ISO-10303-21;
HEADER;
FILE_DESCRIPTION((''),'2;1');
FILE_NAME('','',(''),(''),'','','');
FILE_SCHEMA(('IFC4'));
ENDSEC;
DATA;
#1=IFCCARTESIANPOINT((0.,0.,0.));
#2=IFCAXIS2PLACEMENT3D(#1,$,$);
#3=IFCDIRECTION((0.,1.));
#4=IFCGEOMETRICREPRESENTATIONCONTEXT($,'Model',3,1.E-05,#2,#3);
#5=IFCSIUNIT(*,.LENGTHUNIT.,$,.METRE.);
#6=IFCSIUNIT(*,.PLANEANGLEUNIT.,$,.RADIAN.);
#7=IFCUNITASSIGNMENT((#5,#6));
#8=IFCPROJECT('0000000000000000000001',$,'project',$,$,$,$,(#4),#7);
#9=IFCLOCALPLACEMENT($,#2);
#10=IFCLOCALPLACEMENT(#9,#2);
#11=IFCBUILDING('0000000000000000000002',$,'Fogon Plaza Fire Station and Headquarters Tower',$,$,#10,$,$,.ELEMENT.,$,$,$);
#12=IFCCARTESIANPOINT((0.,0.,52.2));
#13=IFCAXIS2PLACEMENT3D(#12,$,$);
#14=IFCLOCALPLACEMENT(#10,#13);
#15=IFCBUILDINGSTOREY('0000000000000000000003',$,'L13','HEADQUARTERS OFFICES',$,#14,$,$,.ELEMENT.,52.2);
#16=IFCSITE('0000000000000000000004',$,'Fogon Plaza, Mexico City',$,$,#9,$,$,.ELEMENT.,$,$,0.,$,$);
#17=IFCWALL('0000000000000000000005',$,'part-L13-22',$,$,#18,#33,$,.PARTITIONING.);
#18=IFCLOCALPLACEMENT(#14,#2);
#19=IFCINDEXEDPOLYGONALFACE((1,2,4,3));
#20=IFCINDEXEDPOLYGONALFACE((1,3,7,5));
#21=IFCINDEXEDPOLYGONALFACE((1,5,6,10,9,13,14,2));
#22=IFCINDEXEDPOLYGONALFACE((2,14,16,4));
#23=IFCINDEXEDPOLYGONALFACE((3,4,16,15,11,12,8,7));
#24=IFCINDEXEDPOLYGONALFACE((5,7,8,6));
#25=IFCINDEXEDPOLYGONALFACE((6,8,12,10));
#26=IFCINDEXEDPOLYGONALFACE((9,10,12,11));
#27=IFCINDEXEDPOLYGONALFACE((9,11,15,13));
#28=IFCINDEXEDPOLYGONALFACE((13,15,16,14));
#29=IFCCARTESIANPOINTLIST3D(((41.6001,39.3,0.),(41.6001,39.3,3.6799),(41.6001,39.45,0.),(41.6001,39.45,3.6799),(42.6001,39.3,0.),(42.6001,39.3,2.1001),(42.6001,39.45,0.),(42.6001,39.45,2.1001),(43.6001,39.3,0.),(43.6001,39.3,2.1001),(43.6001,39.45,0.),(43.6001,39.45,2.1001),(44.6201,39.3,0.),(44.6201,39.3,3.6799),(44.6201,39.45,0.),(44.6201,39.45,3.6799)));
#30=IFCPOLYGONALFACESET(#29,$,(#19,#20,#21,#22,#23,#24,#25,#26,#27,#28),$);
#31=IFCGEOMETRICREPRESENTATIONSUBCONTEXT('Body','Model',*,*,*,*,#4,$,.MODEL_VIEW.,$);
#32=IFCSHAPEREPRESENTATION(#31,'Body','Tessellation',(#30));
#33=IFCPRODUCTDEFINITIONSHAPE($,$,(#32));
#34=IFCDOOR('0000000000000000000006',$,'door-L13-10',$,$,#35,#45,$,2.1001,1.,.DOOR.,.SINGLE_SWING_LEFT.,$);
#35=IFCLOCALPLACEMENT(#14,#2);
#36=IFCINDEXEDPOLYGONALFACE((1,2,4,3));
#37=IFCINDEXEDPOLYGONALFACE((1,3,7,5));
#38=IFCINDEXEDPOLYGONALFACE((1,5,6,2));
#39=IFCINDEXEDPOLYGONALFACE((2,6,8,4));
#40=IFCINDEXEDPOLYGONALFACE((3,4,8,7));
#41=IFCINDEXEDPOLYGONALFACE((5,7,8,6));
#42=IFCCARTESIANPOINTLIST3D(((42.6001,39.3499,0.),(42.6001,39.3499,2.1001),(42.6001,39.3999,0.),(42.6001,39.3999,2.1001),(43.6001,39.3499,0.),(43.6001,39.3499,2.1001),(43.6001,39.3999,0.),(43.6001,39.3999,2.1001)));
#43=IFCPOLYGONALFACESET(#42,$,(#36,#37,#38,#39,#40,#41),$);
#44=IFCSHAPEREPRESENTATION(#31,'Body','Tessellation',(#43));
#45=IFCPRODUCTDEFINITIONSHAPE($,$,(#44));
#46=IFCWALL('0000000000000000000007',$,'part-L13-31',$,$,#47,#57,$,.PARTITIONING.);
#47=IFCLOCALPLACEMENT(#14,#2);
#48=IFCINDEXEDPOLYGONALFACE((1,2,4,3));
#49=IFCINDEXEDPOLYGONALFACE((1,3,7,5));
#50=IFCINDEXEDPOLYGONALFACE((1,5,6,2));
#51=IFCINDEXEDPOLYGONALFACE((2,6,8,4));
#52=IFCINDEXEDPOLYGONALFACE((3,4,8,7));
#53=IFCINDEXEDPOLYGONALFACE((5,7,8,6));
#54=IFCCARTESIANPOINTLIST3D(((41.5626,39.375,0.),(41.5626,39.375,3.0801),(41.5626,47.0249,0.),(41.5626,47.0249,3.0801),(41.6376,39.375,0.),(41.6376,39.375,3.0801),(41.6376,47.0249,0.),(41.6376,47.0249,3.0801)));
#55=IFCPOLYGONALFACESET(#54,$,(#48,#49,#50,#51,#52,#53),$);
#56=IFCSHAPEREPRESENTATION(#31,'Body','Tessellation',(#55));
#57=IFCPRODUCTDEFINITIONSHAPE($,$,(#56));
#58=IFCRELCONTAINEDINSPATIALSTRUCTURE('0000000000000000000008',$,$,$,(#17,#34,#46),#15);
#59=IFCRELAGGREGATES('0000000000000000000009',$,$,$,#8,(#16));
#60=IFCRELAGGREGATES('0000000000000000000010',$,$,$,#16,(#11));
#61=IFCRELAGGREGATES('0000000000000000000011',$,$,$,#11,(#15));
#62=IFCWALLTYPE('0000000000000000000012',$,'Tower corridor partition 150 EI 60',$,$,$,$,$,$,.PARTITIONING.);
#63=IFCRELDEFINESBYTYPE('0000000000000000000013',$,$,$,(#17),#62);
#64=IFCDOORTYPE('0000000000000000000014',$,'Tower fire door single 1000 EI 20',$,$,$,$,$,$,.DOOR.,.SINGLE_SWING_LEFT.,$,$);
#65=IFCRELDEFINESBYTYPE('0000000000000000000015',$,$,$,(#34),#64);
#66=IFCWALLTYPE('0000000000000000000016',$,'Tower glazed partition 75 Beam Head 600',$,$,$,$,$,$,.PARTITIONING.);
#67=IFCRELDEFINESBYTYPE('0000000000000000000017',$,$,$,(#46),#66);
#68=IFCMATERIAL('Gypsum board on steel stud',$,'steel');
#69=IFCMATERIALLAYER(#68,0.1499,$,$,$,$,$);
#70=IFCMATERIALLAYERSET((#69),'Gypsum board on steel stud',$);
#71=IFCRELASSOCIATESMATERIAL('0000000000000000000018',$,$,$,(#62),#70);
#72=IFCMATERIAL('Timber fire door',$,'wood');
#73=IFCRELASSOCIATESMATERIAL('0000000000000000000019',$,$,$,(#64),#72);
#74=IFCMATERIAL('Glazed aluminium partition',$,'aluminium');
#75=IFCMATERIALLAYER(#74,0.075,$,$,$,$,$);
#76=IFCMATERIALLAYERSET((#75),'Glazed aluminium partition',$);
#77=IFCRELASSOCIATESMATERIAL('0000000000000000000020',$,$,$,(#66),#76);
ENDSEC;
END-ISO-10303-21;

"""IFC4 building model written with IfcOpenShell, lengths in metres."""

from ifc_helpers import new_model, si_unit, direction, frame, frame_2d, origin, place, context, subcontext, project, spatial, rectangle, extrude, material, layer, layer_set, type_object, element, fill, save


model = new_model("IFC4")

# Units and contexts
model_context = context("Model", 3, precision=1e-05, world=origin(), true_north=direction((0.0, 1.0)))
body_context = subcontext(model_context, "Body", "Model", "MODEL_VIEW")
ifc_project = project(units=[si_unit("LENGTHUNIT", "METRE"), si_unit("PLANEANGLEUNIT", "RADIAN")], contexts=[model_context])

# Site, building, storey
site_placement = place(None, origin())
site = spatial("IfcSite", under=ifc_project, at=site_placement, Name="Fogon Plaza, Mexico City", CompositionType="ELEMENT", RefElevation=0.0)
building_placement = place(site_placement, origin())
building = spatial("IfcBuilding", under=site, at=building_placement, Name="Fogon Plaza Fire Station and Headquarters Tower", CompositionType="ELEMENT")
storey_placement = place(building_placement, frame((0.0, 0.0, 52.2)))
storey = spatial("IfcBuildingStorey", under=building, at=storey_placement, Name="L13", Description="HEADQUARTERS OFFICES", CompositionType="ELEMENT", Elevation=52.2)

# Shared definitions
ifc_material_1 = material(Name="Gypsum board on steel stud", Category="steel")
ifc_layer_1 = layer(ifc_material_1, 0.1499)
ifc_layer_set_1 = layer_set([ifc_layer_1], Name="Gypsum board on steel stud")
wall_type_1 = type_object("IfcWallType", Name="Tower corridor partition 150 EI 60", PredefinedType="PARTITIONING", material=ifc_layer_set_1)
ifc_material_2 = material(Name="Timber fire door", Category="wood")
door_type_1 = type_object("IfcDoorType", Name="Tower fire door single 1000 EI 20", OperationType="SINGLE_SWING_LEFT", PredefinedType="DOOR", material=ifc_material_2)

# Wall, opening, door
wall_1_placement = place(storey_placement, frame((41.6001, 39.375, 0.0), z_axis=(0.0, 0.0, 1.0), x_axis=(1.0, 0.0, 0.0)))
wall_1 = element("IfcWall", 1, at=wall_1_placement, inside=storey, type_object=wall_type_1, Name="part-L13-22", PredefinedType="PARTITIONING", context=body_context, shape_type="SweptSolid", body=[
    extrude(rectangle(XDim=3.02, YDim=0.1499, at=frame_2d((1.51, 0.0))), origin(), (0.0, 0.0, 1.0), 3.6799),
])
opening_1_placement = place(wall_1_placement, frame((1.0, 0.0, 0.0)))
opening_1 = element("IfcOpeningElement", 2, at=opening_1_placement, cuts=wall_1, PredefinedType="OPENING", context=body_context, shape_type="SweptSolid", body=[
    extrude(rectangle(XDim=1.0, YDim=2.1001, at=frame_2d((0.5, 1.05))), frame((0.0, 0.085, 0.0), z_axis=(0.0, -1.0, 0.0), x_axis=(1.0, 0.0, 0.0)), (0.0, 0.0, 1.0), 0.1699),
])
door_1_placement = place(opening_1_placement, origin())
door_1 = element("IfcDoor", 3, at=door_1_placement, inside=storey, type_object=door_type_1, Name="door-L13-10", OperationType="SINGLE_SWING_LEFT", OverallHeight=2.1001, OverallWidth=1.0, PredefinedType="DOOR", context=body_context, shape_type="SweptSolid", body=[
    extrude(rectangle(XDim=1.0, YDim=2.1001, at=frame_2d((0.5, 1.05))), frame((0.0, 0.0249, 0.0), z_axis=(0.0, -1.0, 0.0), x_axis=(1.0, 0.0, 0.0)), (0.0, 0.0, 1.0), 0.05),
])
fill(opening_1, door_1)

# Wall
ifc_material_3 = material(Name="Glazed aluminium partition", Category="aluminium")
ifc_layer_2 = layer(ifc_material_3, 0.075)
ifc_layer_set_2 = layer_set([ifc_layer_2], Name="Glazed aluminium partition")
wall_type_2 = type_object("IfcWallType", Name="Tower glazed partition 75 Beam Head 600", PredefinedType="PARTITIONING", material=ifc_layer_set_2)
wall_2_placement = place(storey_placement, frame((41.6001, 39.375, 0.0), z_axis=(0.0, 0.0, 1.0), x_axis=(0.0, 1.0, 0.0)))
element("IfcWall", 4, at=wall_2_placement, inside=storey, type_object=wall_type_2, Name="part-L13-31", PredefinedType="PARTITIONING", context=body_context, shape_type="SweptSolid", body=[
    extrude(rectangle(XDim=7.6499, YDim=0.075, at=frame_2d((3.825, 0.0))), origin(), (0.0, 0.0, 1.0), 3.0801),
])

save(model, "model.ifc")
